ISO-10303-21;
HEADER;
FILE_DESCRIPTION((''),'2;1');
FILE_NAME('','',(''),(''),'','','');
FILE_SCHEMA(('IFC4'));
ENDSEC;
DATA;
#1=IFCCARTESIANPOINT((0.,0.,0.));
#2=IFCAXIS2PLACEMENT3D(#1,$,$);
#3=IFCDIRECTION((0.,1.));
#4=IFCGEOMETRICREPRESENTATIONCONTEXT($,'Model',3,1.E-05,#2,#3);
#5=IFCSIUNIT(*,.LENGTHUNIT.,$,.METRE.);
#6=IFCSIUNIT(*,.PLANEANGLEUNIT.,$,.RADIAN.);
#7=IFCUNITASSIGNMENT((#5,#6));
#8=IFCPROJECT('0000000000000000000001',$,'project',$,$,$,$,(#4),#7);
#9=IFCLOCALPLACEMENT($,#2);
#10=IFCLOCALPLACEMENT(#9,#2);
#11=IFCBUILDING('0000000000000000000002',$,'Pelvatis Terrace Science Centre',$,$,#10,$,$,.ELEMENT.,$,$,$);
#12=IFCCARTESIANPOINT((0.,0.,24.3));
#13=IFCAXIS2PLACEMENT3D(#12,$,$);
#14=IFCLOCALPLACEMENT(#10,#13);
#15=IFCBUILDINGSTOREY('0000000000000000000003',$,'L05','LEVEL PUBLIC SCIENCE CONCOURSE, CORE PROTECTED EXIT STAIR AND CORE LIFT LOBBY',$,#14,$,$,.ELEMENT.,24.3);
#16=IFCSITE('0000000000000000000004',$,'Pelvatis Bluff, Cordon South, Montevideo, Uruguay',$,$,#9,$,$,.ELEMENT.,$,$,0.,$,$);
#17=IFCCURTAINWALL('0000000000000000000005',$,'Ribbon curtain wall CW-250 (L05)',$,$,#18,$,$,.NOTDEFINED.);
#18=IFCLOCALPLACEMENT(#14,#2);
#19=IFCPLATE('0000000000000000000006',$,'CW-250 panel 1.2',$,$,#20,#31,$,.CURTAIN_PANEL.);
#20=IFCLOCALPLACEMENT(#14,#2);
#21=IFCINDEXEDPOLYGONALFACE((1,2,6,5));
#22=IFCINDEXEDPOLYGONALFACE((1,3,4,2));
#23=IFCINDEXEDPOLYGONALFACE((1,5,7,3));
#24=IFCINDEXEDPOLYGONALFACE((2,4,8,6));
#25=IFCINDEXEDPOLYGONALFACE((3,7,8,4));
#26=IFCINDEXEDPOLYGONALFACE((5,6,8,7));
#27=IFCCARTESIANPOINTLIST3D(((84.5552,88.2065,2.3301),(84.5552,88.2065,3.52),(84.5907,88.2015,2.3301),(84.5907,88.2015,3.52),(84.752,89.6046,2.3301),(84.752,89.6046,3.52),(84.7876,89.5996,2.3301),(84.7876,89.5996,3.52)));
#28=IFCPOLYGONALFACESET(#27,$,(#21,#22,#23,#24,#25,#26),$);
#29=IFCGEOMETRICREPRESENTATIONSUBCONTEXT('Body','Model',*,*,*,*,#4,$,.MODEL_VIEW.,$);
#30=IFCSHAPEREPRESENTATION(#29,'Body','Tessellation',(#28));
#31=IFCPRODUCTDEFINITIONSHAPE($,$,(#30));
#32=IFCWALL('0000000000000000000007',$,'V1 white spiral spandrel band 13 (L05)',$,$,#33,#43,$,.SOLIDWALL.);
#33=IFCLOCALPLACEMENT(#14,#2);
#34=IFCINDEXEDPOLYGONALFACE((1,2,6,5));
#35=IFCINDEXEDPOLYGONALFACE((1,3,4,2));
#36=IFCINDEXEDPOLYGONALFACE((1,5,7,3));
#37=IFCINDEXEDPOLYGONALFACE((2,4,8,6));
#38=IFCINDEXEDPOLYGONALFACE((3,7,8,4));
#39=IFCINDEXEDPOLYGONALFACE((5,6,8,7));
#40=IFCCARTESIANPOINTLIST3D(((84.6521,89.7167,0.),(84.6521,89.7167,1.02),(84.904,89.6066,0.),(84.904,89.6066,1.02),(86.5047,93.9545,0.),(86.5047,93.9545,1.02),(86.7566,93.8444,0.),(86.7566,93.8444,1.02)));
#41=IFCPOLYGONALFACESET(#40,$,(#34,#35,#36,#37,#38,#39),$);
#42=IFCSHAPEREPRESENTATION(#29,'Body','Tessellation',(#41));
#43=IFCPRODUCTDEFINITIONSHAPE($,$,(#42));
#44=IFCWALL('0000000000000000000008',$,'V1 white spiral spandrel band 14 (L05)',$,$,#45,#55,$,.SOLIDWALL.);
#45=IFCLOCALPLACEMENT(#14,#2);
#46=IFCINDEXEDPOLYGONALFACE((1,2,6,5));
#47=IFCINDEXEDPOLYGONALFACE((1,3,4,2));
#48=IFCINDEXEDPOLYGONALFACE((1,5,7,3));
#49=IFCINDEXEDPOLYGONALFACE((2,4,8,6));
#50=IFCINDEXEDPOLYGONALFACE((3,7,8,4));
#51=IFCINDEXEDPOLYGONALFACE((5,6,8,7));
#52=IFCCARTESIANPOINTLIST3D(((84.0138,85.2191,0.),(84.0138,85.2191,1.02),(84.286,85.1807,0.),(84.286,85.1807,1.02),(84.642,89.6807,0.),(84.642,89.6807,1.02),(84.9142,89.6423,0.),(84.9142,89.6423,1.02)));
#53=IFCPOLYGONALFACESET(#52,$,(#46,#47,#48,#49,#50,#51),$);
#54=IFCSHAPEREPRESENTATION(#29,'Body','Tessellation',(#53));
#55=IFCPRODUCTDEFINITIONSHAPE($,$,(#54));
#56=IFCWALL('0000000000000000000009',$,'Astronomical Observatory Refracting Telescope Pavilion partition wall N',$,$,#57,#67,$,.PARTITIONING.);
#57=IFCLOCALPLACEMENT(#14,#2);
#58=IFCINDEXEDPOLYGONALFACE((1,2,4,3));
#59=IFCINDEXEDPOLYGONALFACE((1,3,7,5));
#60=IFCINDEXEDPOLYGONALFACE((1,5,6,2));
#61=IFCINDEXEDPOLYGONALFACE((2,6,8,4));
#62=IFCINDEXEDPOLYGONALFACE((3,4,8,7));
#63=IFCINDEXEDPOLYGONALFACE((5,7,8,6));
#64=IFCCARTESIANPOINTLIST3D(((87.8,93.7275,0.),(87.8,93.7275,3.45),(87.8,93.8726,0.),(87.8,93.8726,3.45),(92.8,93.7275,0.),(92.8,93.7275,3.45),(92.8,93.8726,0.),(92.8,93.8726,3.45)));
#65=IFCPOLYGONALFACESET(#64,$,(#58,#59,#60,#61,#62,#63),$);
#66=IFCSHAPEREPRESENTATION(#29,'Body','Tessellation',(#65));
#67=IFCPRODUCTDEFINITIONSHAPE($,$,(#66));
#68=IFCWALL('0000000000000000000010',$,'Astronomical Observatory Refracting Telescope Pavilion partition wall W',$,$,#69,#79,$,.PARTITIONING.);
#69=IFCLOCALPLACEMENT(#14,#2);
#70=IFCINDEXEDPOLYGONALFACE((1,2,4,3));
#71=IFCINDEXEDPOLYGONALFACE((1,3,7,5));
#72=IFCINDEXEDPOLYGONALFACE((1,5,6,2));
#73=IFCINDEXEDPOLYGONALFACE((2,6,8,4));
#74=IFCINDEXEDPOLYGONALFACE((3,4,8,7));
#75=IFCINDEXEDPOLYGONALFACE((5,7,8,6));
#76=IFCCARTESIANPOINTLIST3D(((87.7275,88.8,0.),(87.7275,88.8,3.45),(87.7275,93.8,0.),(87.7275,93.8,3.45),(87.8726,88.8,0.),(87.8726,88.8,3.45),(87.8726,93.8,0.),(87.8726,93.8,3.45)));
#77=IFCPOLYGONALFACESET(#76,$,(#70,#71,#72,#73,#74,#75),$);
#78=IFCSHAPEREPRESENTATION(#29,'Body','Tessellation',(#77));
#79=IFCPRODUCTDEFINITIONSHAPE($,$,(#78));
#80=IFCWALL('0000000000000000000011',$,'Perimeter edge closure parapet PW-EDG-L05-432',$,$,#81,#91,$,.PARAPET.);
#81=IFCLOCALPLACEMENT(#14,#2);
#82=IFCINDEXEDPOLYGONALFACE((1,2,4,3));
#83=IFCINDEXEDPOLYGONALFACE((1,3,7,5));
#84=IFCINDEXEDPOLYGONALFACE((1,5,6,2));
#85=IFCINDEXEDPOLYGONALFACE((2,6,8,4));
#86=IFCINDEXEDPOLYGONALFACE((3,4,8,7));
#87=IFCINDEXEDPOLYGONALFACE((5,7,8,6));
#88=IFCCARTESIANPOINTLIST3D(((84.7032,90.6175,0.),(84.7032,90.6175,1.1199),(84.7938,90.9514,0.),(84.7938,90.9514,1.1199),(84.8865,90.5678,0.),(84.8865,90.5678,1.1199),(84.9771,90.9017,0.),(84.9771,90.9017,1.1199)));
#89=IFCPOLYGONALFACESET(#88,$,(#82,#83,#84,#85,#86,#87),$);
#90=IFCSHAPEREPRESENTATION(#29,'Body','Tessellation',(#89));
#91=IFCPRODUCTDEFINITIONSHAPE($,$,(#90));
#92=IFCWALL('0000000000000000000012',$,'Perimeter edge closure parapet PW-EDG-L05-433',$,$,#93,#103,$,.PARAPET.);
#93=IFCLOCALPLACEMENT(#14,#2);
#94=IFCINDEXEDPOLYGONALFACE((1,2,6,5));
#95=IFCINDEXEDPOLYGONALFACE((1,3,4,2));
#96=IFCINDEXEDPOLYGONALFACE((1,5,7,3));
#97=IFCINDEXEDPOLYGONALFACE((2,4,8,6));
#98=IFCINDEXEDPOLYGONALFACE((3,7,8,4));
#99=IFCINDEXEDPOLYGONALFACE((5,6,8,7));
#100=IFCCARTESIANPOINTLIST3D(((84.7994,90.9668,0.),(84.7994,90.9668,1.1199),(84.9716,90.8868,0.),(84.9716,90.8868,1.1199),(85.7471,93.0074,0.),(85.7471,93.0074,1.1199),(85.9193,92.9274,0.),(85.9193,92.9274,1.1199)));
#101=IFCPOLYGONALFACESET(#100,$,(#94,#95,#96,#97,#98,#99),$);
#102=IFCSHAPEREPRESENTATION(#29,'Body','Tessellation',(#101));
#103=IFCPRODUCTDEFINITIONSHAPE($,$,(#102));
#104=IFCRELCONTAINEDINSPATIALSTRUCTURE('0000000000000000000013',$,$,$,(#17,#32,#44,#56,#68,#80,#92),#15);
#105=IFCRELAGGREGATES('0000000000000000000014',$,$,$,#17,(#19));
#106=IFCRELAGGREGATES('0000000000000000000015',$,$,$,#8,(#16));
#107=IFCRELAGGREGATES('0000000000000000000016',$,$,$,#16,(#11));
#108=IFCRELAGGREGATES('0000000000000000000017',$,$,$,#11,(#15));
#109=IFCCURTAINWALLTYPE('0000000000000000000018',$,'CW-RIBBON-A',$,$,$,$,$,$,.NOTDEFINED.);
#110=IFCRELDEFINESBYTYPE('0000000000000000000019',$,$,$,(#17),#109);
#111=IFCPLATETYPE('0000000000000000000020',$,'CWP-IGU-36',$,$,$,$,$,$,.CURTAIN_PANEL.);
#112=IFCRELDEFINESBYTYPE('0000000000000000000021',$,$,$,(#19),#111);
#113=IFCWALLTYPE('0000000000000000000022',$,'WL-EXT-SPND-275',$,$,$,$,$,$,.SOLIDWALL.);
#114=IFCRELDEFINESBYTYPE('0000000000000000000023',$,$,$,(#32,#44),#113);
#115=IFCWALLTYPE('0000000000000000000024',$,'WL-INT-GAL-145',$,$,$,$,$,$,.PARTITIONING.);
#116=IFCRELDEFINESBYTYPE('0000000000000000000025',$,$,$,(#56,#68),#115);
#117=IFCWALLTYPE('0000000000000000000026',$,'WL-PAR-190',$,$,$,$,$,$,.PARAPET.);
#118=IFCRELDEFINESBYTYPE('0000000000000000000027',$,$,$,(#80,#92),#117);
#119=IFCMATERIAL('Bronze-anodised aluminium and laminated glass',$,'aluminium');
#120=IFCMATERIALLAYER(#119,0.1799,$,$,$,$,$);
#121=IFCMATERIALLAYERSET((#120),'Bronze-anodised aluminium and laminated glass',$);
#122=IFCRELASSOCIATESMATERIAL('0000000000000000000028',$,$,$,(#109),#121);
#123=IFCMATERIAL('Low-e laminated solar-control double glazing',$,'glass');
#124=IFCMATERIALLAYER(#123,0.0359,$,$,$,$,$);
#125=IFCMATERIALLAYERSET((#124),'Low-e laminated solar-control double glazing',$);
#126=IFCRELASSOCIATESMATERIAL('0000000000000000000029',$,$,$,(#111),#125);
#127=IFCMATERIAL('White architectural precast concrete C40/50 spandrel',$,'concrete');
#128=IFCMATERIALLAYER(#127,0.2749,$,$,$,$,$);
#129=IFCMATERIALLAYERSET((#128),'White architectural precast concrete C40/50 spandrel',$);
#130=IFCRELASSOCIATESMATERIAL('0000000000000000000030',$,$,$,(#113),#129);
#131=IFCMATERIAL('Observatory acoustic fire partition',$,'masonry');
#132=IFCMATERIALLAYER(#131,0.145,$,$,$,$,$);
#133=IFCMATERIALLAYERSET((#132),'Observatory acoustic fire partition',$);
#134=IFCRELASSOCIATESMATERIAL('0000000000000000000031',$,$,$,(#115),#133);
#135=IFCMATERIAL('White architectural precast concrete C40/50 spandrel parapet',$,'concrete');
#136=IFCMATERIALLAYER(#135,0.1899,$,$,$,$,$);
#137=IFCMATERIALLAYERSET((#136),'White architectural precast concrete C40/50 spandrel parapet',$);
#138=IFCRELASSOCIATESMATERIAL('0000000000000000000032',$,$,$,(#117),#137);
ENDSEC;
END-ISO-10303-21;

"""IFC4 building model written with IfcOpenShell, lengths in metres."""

from ifc_helpers import new_model, si_unit, direction, frame, frame_2d, origin, origin_2d, place, context, subcontext, project, spatial, rectangle, extrude, material, layer, layer_set, type_object, element, aggregate, save


model = new_model("IFC4")

# Units and contexts
model_context = context("Model", 3, precision=1e-05, world=origin(), true_north=direction((0.0, 1.0)))
body_context = subcontext(model_context, "Body", "Model", "MODEL_VIEW")
ifc_project = project(units=[si_unit("LENGTHUNIT", "METRE"), si_unit("PLANEANGLEUNIT", "RADIAN")], contexts=[model_context])

# Site, building, storey
site_placement = place(None, origin())
site = spatial("IfcSite", under=ifc_project, at=site_placement, Name="Pelvatis Bluff, Cordon South, Montevideo, Uruguay", CompositionType="ELEMENT", RefElevation=0.0)
building_placement = place(site_placement, origin())
building = spatial("IfcBuilding", under=site, at=building_placement, Name="Pelvatis Terrace Science Centre", CompositionType="ELEMENT")
storey_placement = place(building_placement, frame((0.0, 0.0, 24.3)))
storey = spatial("IfcBuildingStorey", under=building, at=storey_placement, Name="L05", Description="LEVEL PUBLIC SCIENCE CONCOURSE, CORE PROTECTED EXIT STAIR AND CORE LIFT LOBBY", CompositionType="ELEMENT", Elevation=24.3)

# Shared definitions
ifc_material_1 = material(Name="Bronze-anodised aluminium and laminated glass", Category="aluminium")
ifc_layer_1 = layer(ifc_material_1, 0.1799)
ifc_layer_set_1 = layer_set([ifc_layer_1], Name="Bronze-anodised aluminium and laminated glass")
curtain_wall_type = type_object("IfcCurtainWallType", Name="CW-RIBBON-A", PredefinedType="NOTDEFINED", material=ifc_layer_set_1)

# Curtain wall
curtain_wall_1_placement = place(storey_placement, origin())
curtain_wall_1 = element("IfcCurtainWall", 1, at=curtain_wall_1_placement, inside=storey, type_object=curtain_wall_type, Name="Ribbon curtain wall CW-250 (L05)", PredefinedType="NOTDEFINED")

# Plate
ifc_material_2 = material(Name="Low-e laminated solar-control double glazing", Category="glass")
ifc_layer_2 = layer(ifc_material_2, 0.0359)
ifc_layer_set_2 = layer_set([ifc_layer_2], Name="Low-e laminated solar-control double glazing")
plate_type = type_object("IfcPlateType", Name="CWP-IGU-36", PredefinedType="CURTAIN_PANEL", material=ifc_layer_set_2)
plate_1_placement = place(storey_placement, frame((84.6714, 88.9031, 2.3301), z_axis=(0.0, 0.0, 1.0), x_axis=(-0.139408, -0.990235, 0.0)))
plate_1 = element("IfcPlate", 2, at=plate_1_placement, type_object=plate_type, Name="CW-250 panel 1.2", PredefinedType="CURTAIN_PANEL", context=body_context, shape_type="SweptSolid", body=[
    extrude(rectangle(XDim=1.4119, YDim=0.0359, at=origin_2d()), origin(), (0.0, 0.0, 1.0), 1.1899),
])
aggregate(curtain_wall_1, [plate_1])

# Walls
ifc_material_3 = material(Name="White architectural precast concrete C40/50 spandrel", Category="concrete")
ifc_layer_3 = layer(ifc_material_3, 0.2749)
ifc_layer_set_3 = layer_set([ifc_layer_3], Name="White architectural precast concrete C40/50 spandrel")
wall_type_1 = type_object("IfcWallType", Name="WL-EXT-SPND-275", PredefinedType="SOLIDWALL", material=ifc_layer_set_3)
wall_1_placement = place(storey_placement, frame((86.6306, 93.8994, 0.0), z_axis=(0.0, 0.0, 1.0), x_axis=(-0.400547, -0.916276, 0.0)))
element("IfcWall", 3, at=wall_1_placement, inside=storey, type_object=wall_type_1, Name="V1 white spiral spandrel band 13 (L05)", PredefinedType="SOLIDWALL", context=body_context, shape_type="SweptSolid", body=[
    extrude(rectangle(XDim=4.625, YDim=0.2749, at=frame_2d((2.3125, 0.0))), origin(), (0.0, 0.0, 1.0), 1.02),
])
wall_2_placement = place(storey_placement, frame((84.7781, 89.6616, 0.0), z_axis=(0.0, 0.0, 1.0), x_axis=(-0.139418, -0.990234, 0.0)))
element("IfcWall", 4, at=wall_2_placement, inside=storey, type_object=wall_type_1, Name="V1 white spiral spandrel band 14 (L05)", PredefinedType="SOLIDWALL", context=body_context, shape_type="SweptSolid", body=[
    extrude(rectangle(XDim=4.5056, YDim=0.2749, at=frame_2d((2.2529, 0.0))), origin(), (0.0, 0.0, 1.0), 1.02),
])
ifc_material_4 = material(Name="Observatory acoustic fire partition", Category="masonry")
ifc_layer_4 = layer(ifc_material_4, 0.145)
ifc_layer_set_4 = layer_set([ifc_layer_4], Name="Observatory acoustic fire partition")
wall_type_2 = type_object("IfcWallType", Name="WL-INT-GAL-145", PredefinedType="PARTITIONING", material=ifc_layer_set_4)
for number, where, z_axis, x_axis, name in (
    (5, (92.8, 93.8, 0.0), (0.0, 0.0, 1.0), (-1.0, 0.0, 0.0), "Astronomical Observatory Refracting Telescope Pavilion partition wall N"),
    (6, (87.8, 93.8, 0.0), (0.0, 0.0, 1.0), (0.0, -1.0, 0.0), "Astronomical Observatory Refracting Telescope Pavilion partition wall W"),
):
    element("IfcWall", number, at=place(storey_placement, frame(where, z_axis=z_axis, x_axis=x_axis)), inside=storey, type_object=wall_type_2, Name=name, PredefinedType="PARTITIONING", context=body_context, shape_type="SweptSolid", body=[
        extrude(rectangle(XDim=5.0, YDim=0.145, at=frame_2d((2.5, 0.0))), origin(), (0.0, 0.0, 1.0), 3.45),
    ])
ifc_material_5 = material(Name="White architectural precast concrete C40/50 spandrel parapet", Category="concrete")
ifc_layer_5 = layer(ifc_material_5, 0.1899)
ifc_layer_set_5 = layer_set([ifc_layer_5], Name="White architectural precast concrete C40/50 spandrel parapet")
wall_type_3 = type_object("IfcWallType", Name="WL-PAR-190", PredefinedType="PARAPET", material=ifc_layer_set_5)
wall_3_placement = place(storey_placement, frame((84.7949, 90.5928, 0.0), z_axis=(0.0, 0.0, 1.0), x_axis=(0.261744, 0.965137, 0.0)))
element("IfcWall", 7, at=wall_3_placement, inside=storey, type_object=wall_type_3, Name="Perimeter edge closure parapet PW-EDG-L05-432", PredefinedType="PARAPET", context=body_context, shape_type="SweptSolid", body=[
    extrude(rectangle(XDim=0.3459, YDim=0.1899, at=frame_2d((0.1729, 0.0))), origin(), (0.0, 0.0, 1.0), 1.1199),
])
wall_4_placement = place(storey_placement, frame((84.8855, 90.9268, 0.0), z_axis=(0.0, 0.0, 1.0), x_axis=(0.421204, 0.906966, 0.0)))
element("IfcWall", 8, at=wall_4_placement, inside=storey, type_object=wall_type_3, Name="Perimeter edge closure parapet PW-EDG-L05-433", PredefinedType="PARAPET", context=body_context, shape_type="SweptSolid", body=[
    extrude(rectangle(XDim=2.25, YDim=0.1899, at=frame_2d((1.125, 0.0))), origin(), (0.0, 0.0, 1.0), 1.1199),
])

save(model, "model.ifc")
